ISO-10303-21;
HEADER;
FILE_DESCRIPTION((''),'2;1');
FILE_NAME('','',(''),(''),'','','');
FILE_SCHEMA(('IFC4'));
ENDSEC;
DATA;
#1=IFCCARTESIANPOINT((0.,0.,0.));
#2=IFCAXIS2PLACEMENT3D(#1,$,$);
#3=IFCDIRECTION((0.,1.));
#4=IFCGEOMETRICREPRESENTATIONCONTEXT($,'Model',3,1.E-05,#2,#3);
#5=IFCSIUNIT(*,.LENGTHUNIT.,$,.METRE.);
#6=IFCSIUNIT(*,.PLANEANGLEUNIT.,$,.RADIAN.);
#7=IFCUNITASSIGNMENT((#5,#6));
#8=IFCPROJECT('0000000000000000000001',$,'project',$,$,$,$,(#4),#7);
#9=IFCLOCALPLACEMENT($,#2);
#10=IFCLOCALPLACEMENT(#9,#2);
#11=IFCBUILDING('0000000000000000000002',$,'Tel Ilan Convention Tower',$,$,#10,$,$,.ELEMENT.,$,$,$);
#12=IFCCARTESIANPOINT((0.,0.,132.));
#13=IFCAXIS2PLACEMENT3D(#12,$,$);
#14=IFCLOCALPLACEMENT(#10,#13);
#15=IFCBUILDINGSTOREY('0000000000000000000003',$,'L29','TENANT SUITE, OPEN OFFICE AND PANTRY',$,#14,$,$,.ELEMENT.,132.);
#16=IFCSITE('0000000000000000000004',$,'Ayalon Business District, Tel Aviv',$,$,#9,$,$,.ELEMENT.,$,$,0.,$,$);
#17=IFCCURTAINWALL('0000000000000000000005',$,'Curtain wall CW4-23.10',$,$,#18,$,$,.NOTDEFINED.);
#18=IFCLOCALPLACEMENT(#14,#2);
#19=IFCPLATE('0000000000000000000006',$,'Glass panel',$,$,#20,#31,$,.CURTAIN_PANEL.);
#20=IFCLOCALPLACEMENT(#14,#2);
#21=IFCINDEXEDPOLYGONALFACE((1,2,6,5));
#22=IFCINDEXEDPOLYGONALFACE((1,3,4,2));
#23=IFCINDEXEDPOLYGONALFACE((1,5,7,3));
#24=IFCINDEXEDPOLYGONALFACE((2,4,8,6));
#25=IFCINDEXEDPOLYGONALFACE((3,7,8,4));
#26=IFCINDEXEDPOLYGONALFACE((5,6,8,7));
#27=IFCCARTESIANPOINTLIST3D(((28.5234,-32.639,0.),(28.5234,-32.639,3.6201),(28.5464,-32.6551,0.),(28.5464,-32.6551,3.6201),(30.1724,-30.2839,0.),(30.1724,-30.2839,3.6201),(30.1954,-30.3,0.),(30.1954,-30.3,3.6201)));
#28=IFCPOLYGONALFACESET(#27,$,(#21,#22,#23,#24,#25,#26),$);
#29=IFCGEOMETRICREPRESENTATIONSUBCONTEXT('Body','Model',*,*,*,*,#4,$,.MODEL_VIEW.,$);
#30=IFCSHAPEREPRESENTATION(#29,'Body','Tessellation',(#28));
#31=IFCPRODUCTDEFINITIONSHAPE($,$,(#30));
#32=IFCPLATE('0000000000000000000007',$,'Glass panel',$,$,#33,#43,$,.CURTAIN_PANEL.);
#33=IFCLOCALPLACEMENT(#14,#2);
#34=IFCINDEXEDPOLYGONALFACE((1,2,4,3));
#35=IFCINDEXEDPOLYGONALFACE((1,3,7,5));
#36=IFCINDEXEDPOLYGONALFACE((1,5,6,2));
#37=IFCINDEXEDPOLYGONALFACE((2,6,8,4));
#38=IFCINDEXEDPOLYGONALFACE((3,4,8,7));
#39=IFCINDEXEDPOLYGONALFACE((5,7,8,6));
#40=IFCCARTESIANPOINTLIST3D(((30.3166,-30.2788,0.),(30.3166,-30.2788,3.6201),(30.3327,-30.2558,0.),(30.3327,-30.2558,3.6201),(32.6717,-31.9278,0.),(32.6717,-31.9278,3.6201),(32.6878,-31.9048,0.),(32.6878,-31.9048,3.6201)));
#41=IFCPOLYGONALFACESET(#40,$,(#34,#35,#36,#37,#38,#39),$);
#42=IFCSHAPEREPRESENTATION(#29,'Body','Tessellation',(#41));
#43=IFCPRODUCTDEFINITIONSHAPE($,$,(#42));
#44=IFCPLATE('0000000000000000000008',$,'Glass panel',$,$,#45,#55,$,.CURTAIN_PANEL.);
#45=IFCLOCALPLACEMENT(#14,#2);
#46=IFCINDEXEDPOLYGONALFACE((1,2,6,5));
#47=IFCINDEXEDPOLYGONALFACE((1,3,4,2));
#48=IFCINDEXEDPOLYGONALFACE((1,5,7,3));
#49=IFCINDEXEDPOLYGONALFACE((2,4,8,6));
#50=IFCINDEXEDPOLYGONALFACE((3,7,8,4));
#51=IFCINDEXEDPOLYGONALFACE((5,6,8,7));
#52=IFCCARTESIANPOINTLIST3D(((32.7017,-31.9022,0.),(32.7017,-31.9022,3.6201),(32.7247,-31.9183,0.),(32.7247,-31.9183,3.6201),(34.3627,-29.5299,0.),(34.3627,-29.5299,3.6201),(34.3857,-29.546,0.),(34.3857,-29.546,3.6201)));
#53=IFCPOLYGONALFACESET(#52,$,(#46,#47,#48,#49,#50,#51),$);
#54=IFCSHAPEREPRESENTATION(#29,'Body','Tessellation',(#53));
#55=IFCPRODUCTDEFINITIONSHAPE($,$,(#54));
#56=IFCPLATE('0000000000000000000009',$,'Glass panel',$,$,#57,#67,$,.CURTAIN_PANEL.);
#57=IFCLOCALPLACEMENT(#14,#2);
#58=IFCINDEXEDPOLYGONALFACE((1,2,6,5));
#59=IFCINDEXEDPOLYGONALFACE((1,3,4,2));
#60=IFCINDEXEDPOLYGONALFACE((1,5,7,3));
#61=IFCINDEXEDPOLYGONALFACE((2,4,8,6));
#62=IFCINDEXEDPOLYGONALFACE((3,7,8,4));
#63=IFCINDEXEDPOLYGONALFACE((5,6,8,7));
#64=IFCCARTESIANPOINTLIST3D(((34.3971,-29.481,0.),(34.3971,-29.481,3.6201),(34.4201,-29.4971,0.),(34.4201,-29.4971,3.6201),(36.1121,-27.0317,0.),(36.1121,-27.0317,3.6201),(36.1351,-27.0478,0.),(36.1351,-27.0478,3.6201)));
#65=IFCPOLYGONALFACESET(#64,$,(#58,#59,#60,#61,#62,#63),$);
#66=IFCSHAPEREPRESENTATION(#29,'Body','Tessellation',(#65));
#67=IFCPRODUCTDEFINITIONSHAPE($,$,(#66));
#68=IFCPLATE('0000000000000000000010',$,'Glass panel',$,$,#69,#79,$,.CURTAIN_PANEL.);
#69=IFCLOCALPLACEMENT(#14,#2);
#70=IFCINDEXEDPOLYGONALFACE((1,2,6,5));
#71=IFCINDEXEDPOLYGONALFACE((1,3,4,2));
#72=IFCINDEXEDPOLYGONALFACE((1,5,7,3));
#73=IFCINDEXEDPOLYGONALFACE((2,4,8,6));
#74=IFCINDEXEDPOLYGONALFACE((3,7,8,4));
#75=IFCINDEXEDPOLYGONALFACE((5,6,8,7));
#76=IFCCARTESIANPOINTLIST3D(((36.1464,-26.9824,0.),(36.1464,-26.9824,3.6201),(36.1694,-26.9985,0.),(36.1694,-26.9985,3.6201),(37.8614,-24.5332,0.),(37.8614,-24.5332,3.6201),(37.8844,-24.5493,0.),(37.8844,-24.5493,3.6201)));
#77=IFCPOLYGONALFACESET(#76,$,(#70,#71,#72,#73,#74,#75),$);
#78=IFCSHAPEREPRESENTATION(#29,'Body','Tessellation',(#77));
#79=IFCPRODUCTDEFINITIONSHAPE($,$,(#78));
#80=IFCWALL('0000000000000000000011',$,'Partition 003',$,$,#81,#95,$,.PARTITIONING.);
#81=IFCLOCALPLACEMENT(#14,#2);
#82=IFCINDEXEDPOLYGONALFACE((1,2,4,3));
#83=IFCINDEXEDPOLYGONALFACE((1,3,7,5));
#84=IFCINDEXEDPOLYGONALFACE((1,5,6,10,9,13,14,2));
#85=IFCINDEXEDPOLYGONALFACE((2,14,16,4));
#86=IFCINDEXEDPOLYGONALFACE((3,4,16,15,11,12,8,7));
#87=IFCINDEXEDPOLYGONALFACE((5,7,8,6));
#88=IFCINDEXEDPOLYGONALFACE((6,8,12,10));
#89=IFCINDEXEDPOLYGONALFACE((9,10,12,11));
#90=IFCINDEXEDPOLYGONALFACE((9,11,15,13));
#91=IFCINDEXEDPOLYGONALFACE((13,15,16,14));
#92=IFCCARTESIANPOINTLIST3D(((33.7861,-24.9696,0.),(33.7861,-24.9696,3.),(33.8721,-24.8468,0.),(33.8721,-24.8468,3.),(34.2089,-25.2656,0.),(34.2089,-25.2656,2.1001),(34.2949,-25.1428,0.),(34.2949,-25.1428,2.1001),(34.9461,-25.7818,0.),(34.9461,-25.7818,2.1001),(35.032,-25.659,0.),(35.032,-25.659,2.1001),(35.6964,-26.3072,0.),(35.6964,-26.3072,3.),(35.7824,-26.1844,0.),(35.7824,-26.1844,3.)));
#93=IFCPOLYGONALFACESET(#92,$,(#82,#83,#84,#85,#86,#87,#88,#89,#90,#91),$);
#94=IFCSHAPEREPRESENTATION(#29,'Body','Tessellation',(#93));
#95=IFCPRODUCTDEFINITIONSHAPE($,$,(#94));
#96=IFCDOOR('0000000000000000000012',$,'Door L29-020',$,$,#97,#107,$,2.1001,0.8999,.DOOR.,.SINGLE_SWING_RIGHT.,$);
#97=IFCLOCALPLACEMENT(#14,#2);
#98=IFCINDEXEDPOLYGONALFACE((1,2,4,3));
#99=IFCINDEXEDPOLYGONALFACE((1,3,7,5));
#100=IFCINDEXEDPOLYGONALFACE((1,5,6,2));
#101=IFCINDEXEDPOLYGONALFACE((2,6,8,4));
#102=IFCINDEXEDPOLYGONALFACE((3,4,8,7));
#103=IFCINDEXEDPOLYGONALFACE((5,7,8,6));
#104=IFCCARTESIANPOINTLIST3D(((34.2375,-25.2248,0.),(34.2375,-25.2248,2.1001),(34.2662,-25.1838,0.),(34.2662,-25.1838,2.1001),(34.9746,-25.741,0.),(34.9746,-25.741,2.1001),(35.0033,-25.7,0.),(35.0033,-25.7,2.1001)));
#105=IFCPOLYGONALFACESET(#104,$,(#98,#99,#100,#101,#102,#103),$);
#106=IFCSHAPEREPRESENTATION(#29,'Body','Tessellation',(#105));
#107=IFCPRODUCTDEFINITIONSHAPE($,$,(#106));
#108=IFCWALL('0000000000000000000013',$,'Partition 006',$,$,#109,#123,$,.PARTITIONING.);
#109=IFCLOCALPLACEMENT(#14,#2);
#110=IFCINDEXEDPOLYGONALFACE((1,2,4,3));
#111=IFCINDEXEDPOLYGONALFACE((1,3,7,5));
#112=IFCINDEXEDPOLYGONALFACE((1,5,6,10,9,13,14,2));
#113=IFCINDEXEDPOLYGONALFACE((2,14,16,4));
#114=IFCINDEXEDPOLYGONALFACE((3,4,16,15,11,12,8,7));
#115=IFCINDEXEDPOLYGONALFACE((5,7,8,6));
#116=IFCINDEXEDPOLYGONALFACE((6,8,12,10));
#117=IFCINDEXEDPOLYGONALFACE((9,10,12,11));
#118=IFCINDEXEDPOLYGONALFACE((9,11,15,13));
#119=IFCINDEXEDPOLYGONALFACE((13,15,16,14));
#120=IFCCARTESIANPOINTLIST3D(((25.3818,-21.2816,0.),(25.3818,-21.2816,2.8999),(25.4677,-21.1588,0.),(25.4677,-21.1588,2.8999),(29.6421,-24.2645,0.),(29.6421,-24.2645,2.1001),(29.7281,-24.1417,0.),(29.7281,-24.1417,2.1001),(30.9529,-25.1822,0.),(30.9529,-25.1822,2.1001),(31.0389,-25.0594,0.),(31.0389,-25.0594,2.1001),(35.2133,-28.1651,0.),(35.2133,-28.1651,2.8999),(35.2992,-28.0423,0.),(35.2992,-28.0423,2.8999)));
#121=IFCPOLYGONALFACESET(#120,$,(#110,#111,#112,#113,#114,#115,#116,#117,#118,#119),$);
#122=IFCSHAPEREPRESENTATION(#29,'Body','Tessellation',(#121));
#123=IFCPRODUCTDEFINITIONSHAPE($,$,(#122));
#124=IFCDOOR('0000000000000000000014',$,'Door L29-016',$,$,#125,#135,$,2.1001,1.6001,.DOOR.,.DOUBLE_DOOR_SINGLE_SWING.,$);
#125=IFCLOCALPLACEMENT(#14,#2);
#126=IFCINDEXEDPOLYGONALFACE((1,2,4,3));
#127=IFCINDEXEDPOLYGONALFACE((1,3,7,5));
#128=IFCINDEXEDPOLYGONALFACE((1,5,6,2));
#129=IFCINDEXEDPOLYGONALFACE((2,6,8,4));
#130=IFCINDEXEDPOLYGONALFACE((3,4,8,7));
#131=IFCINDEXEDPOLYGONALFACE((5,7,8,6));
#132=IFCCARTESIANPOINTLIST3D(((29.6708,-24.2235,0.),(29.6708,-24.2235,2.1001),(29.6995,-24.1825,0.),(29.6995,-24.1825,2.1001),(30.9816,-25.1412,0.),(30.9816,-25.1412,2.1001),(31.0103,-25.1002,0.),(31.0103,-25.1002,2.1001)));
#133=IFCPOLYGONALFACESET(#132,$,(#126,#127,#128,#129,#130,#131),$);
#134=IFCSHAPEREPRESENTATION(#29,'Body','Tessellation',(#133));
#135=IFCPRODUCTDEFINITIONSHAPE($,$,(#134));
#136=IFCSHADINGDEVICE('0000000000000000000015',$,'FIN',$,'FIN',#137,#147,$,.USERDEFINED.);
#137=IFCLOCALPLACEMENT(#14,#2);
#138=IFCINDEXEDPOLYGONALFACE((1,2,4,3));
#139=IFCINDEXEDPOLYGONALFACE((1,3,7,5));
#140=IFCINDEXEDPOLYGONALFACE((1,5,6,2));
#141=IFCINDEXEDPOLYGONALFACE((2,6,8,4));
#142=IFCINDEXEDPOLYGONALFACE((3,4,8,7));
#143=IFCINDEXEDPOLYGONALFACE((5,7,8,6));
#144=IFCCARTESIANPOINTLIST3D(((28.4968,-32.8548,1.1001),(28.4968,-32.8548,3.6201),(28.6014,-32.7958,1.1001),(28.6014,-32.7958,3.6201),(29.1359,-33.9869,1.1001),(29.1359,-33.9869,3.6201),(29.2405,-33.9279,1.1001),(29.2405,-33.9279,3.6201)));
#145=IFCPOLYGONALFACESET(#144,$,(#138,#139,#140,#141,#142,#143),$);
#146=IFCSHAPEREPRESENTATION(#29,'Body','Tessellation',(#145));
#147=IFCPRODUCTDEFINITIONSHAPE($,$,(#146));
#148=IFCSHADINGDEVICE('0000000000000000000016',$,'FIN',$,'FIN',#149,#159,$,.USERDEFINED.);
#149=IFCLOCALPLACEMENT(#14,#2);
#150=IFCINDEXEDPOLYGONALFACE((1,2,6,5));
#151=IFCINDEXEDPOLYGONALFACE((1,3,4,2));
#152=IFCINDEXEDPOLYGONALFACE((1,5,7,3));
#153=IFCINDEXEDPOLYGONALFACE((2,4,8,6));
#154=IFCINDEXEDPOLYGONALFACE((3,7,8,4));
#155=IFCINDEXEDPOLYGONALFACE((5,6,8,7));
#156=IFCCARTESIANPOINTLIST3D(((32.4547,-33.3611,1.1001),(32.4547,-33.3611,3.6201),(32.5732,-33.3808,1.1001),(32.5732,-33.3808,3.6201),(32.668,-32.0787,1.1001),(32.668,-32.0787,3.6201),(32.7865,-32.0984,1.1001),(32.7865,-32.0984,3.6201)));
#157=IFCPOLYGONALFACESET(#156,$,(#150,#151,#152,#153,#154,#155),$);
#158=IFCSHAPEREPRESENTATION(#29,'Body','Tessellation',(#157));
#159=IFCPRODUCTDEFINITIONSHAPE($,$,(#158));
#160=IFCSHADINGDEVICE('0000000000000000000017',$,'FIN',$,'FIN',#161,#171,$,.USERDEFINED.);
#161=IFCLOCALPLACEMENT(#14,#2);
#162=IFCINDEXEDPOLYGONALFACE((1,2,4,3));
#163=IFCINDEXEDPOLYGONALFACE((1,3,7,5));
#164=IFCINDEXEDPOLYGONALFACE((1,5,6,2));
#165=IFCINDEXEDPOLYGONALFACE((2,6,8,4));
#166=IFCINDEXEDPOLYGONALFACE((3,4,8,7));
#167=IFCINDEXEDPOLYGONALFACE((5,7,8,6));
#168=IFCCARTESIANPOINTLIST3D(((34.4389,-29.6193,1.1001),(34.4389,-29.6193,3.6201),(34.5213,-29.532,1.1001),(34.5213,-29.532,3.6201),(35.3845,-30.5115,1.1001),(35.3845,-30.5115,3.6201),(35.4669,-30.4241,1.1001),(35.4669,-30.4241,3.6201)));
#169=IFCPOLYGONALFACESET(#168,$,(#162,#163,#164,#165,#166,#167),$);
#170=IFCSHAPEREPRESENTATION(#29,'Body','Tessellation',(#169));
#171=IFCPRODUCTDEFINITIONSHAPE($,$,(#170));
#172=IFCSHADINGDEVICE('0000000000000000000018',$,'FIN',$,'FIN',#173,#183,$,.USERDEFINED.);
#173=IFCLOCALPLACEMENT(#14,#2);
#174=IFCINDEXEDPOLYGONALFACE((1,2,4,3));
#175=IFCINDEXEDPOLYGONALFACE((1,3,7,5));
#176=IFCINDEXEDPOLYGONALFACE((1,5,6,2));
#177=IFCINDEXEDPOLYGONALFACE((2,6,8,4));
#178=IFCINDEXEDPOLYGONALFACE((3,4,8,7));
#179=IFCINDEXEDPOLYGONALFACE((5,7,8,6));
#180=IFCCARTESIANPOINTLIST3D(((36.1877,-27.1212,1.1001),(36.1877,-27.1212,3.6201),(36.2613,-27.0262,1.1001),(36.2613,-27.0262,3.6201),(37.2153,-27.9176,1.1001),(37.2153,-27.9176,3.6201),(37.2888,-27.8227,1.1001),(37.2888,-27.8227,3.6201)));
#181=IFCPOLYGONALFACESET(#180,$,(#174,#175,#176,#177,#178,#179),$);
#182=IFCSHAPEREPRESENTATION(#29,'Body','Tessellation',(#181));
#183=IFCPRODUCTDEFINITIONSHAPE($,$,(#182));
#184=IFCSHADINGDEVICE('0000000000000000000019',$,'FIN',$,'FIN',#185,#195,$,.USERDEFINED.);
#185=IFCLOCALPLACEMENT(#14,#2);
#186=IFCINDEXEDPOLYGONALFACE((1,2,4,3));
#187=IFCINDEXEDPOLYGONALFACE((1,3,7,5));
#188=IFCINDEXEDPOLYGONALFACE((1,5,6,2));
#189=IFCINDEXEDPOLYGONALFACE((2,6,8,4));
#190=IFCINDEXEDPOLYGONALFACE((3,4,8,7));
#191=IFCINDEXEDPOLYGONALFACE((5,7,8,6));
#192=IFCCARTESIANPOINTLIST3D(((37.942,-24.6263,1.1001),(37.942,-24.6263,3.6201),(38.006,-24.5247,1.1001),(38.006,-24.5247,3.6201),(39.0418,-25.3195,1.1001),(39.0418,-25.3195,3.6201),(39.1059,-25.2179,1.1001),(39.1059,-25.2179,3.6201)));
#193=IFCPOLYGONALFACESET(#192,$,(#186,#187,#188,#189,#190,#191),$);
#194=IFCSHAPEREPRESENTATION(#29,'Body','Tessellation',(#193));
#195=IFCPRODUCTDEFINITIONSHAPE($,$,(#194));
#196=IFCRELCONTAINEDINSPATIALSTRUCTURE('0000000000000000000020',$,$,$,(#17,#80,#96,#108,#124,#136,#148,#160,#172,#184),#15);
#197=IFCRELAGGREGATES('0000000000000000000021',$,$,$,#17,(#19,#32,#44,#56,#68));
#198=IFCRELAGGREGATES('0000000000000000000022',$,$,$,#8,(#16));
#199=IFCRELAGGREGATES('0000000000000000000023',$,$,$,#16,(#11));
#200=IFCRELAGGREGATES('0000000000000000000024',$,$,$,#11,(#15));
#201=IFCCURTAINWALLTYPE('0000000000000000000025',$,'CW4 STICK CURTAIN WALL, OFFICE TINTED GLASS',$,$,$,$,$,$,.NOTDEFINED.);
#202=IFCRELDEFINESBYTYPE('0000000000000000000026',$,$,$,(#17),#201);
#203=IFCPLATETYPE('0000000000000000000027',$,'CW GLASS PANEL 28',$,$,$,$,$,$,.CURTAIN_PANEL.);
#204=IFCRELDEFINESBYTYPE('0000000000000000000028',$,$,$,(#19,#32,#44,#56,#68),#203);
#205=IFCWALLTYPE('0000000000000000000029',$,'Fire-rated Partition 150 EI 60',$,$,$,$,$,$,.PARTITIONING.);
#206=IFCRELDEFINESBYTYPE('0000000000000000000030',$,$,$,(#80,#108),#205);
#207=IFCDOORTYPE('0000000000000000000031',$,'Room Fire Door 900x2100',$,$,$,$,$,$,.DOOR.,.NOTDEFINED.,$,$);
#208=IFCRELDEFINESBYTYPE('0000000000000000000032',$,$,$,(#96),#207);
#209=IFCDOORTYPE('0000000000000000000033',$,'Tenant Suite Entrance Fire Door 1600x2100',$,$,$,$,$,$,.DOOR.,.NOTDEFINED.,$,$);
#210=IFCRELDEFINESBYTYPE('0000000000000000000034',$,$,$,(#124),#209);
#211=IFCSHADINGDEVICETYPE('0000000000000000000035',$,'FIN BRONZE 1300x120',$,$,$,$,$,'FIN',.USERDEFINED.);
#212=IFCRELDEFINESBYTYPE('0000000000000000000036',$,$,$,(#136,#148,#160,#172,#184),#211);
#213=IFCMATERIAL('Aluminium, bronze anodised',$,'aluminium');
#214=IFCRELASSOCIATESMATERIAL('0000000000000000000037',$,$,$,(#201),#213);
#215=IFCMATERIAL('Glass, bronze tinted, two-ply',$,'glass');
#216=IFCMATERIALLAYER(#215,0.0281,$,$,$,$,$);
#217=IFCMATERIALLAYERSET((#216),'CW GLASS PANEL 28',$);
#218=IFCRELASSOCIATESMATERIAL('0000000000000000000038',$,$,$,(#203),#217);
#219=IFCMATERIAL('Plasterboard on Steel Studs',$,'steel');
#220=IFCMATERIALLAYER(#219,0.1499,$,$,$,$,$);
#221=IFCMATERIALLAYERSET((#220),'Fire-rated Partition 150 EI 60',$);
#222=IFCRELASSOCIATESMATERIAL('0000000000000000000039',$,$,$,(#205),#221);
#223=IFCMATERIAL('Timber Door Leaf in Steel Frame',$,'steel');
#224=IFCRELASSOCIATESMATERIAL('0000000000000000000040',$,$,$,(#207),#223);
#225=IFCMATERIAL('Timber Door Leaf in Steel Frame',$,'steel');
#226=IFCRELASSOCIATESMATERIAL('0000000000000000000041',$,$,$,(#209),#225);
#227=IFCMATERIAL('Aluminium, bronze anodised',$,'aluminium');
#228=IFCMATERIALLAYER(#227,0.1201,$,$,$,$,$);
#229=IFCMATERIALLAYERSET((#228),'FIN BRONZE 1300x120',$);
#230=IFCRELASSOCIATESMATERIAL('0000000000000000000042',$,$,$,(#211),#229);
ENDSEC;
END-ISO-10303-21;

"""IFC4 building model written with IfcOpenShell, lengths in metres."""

from ifc_helpers import new_model, si_unit, direction, frame, frame_2d, origin, origin_2d, place, context, subcontext, project, spatial, rectangle, extrude, material, layer, layer_set, type_object, element, fill, aggregate, save


model = new_model("IFC4")

# Units and contexts
model_context = context("Model", 3, precision=1e-05, world=origin(), true_north=direction((0.0, 1.0)))
body_context = subcontext(model_context, "Body", "Model", "MODEL_VIEW")
ifc_project = project(units=[si_unit("LENGTHUNIT", "METRE"), si_unit("PLANEANGLEUNIT", "RADIAN")], contexts=[model_context])

# Site, building, storey
site_placement = place(None, origin())
site = spatial("IfcSite", under=ifc_project, at=site_placement, Name="Ayalon Business District, Tel Aviv", CompositionType="ELEMENT", RefElevation=0.0)
building_placement = place(site_placement, origin())
building = spatial("IfcBuilding", under=site, at=building_placement, Name="Tel Ilan Convention Tower", CompositionType="ELEMENT")
storey_placement = place(building_placement, frame((0.0, 0.0, 132.0)))
storey = spatial("IfcBuildingStorey", under=building, at=storey_placement, Name="L29", Description="TENANT SUITE, OPEN OFFICE AND PANTRY", CompositionType="ELEMENT", Elevation=132.0)

# Curtain wall, plates
ifc_material_1 = material(Name="Aluminium, bronze anodised", Category="aluminium")
curtain_wall_type = type_object("IfcCurtainWallType", Name="CW4 STICK CURTAIN WALL, OFFICE TINTED GLASS", PredefinedType="NOTDEFINED", material=ifc_material_1)
curtain_wall_placement = place(storey_placement, origin())
curtain_wall = element("IfcCurtainWall", 1, at=curtain_wall_placement, inside=storey, type_object=curtain_wall_type, Name="Curtain wall CW4-23.10", PredefinedType="NOTDEFINED")
ifc_material_2 = material(Name="Glass, bronze tinted, two-ply", Category="glass")
ifc_layer_1 = layer(ifc_material_2, 0.0281)
ifc_layer_set_1 = layer_set([ifc_layer_1], Name="CW GLASS PANEL 28")
plate_type = type_object("IfcPlateType", Name="CW GLASS PANEL 28", PredefinedType="CURTAIN_PANEL", material=ifc_layer_set_1)
plate_1_placement = place(storey_placement, frame((29.3594, -31.4695, 0.0), z_axis=(0.0, 0.0, 1.0), x_axis=(0.573576, 0.819152, 0.0)))
plate_1 = element("IfcPlate", 2, at=plate_1_placement, type_object=plate_type, Name="Glass panel", PredefinedType="CURTAIN_PANEL", context=body_context, shape_type="SweptSolid", body=[
    extrude(rectangle(XDim=2.875, YDim=0.0281, at=origin_2d()), origin(), (0.0, 0.0, 1.0), 3.6201),
])
plate_2_placement = place(storey_placement, frame((31.5022, -31.0918, 0.0), z_axis=(0.0, 0.0, 1.0), x_axis=(0.819152, -0.573576, 0.0)))
plate_2 = element("IfcPlate", 3, at=plate_2_placement, type_object=plate_type, Name="Glass panel", PredefinedType="CURTAIN_PANEL", context=body_context, shape_type="SweptSolid", body=[
    extrude(rectangle(XDim=2.875, YDim=0.0281, at=origin_2d()), origin(), (0.0, 0.0, 1.0), 3.6201),
])
plate_3_placement = place(storey_placement, frame((33.5437, -30.7241, 0.0), z_axis=(0.0, 0.0, 1.0), x_axis=(0.573576, 0.819152, 0.0)))
plate_3 = element("IfcPlate", 4, at=plate_3_placement, type_object=plate_type, Name="Glass panel", PredefinedType="CURTAIN_PANEL", context=body_context, shape_type="SweptSolid", body=[
    extrude(rectangle(XDim=2.896, YDim=0.0281, at=origin_2d()), origin(), (0.0, 0.0, 1.0), 3.6201),
])
plate_4_placement = place(storey_placement, frame((35.2661, -28.2644, 0.0), z_axis=(0.0, 0.0, 1.0), x_axis=(0.573576, 0.819152, 0.0)))
plate_4 = element("IfcPlate", 5, at=plate_4_placement, type_object=plate_type, Name="Glass panel", PredefinedType="CURTAIN_PANEL", context=body_context, shape_type="SweptSolid", body=[
    extrude(rectangle(XDim=2.99, YDim=0.0281, at=origin_2d()), origin(), (0.0, 0.0, 1.0), 3.6201),
])
plate_5_placement = place(storey_placement, frame((37.0154, -25.7659, 0.0), z_axis=(0.0, 0.0, 1.0), x_axis=(0.573576, 0.819152, 0.0)))
plate_5 = element("IfcPlate", 6, at=plate_5_placement, type_object=plate_type, Name="Glass panel", PredefinedType="CURTAIN_PANEL", context=body_context, shape_type="SweptSolid", body=[
    extrude(rectangle(XDim=2.99, YDim=0.0281, at=origin_2d()), origin(), (0.0, 0.0, 1.0), 3.6201),
])
aggregate(curtain_wall, [plate_1, plate_2, plate_3, plate_4, plate_5])

# Walls, openings, doors
ifc_material_3 = material(Name="Plasterboard on Steel Studs", Category="steel")
ifc_layer_2 = layer(ifc_material_3, 0.1499)
ifc_layer_set_2 = layer_set([ifc_layer_2], Name="Fire-rated Partition 150 EI 60")
wall_type = type_object("IfcWallType", Name="Fire-rated Partition 150 EI 60", PredefinedType="PARTITIONING", material=ifc_layer_set_2)
wall_1_placement = place(storey_placement, frame((33.8291, -24.9082, 0.0), z_axis=(0.0, 0.0, 1.0), x_axis=(0.819158, -0.573568, 0.0)))
wall_1 = element("IfcWall", 7, at=wall_1_placement, inside=storey, type_object=wall_type, Name="Partition 003", PredefinedType="PARTITIONING", context=body_context, shape_type="SweptSolid", body=[
    extrude(rectangle(XDim=2.332, YDim=0.1499, at=frame_2d((1.166, 0.0))), origin(), (0.0, 0.0, 1.0), 3.0),
])
opening_1_placement = place(wall_1_placement, frame((0.5161, 0.0, 0.0)))
opening_1 = element("IfcOpeningElement", 8, at=opening_1_placement, cuts=wall_1, PredefinedType="OPENING", context=body_context, shape_type="SweptSolid", body=[
    extrude(rectangle(XDim=0.8999, YDim=2.1001, at=frame_2d((0.45, 1.05))), frame((0.0, 0.085, 0.0), z_axis=(0.0, -1.0, 0.0), x_axis=(1.0, 0.0, 0.0)), (0.0, 0.0, 1.0), 0.1699),
])
ifc_material_4 = material(Name="Timber Door Leaf in Steel Frame", Category="steel")
door_type_1 = type_object("IfcDoorType", Name="Room Fire Door 900x2100", OperationType="NOTDEFINED", PredefinedType="DOOR", material=ifc_material_4)
door_1_placement = place(opening_1_placement, origin())
door_1 = element("IfcDoor", 9, at=door_1_placement, inside=storey, type_object=door_type_1, Name="Door L29-020", OperationType="SINGLE_SWING_RIGHT", OverallHeight=2.1001, OverallWidth=0.8999, PredefinedType="DOOR", context=body_context, shape_type="SweptSolid", body=[
    extrude(rectangle(XDim=0.8999, YDim=2.1001, at=frame_2d((0.45, 1.05))), frame((0.0, 0.0249, 0.0), z_axis=(0.0, -1.0, 0.0), x_axis=(1.0, 0.0, 0.0)), (0.0, 0.0, 1.0), 0.05),
])
fill(opening_1, door_1)
wall_2_placement = place(storey_placement, frame((35.2563, -28.1038, 0.0), z_axis=(0.0, 0.0, 1.0), x_axis=(-0.819175, 0.573544, 0.0)))
wall_2 = element("IfcWall", 10, at=wall_2_placement, inside=storey, type_object=wall_type, Name="Partition 006", PredefinedType="PARTITIONING", context=body_context, shape_type="SweptSolid", body=[
    extrude(rectangle(XDim=12.0017, YDim=0.1499, at=frame_2d((6.001, 0.0))), origin(), (0.0, 0.0, 1.0), 2.8999),
])
opening_2_placement = place(wall_2_placement, frame((5.2009, 0.0, 0.0)))
opening_2 = element("IfcOpeningElement", 11, at=opening_2_placement, cuts=wall_2, PredefinedType="OPENING", context=body_context, shape_type="SweptSolid", body=[
    extrude(rectangle(XDim=1.6001, YDim=2.1001, at=frame_2d((0.8, 1.05))), frame((0.0, 0.085, 0.0), z_axis=(0.0, -1.0, 0.0), x_axis=(1.0, 0.0, 0.0)), (0.0, 0.0, 1.0), 0.1699),
])
ifc_material_5 = material(Name="Timber Door Leaf in Steel Frame", Category="steel")
door_type_2 = type_object("IfcDoorType", Name="Tenant Suite Entrance Fire Door 1600x2100", OperationType="NOTDEFINED", PredefinedType="DOOR", material=ifc_material_5)
door_2_placement = place(opening_2_placement, origin())
door_2 = element("IfcDoor", 12, at=door_2_placement, inside=storey, type_object=door_type_2, Name="Door L29-016", OperationType="DOUBLE_DOOR_SINGLE_SWING", OverallHeight=2.1001, OverallWidth=1.6001, PredefinedType="DOOR", context=body_context, shape_type="SweptSolid", body=[
    extrude(rectangle(XDim=1.6001, YDim=2.1001, at=frame_2d((0.8, 1.05))), frame((0.0, 0.0249, 0.0), z_axis=(0.0, -1.0, 0.0), x_axis=(1.0, 0.0, 0.0)), (0.0, 0.0, 1.0), 0.05),
])
fill(opening_2, door_2)

# Shading devices
ifc_material_6 = material(Name="Aluminium, bronze anodised", Category="aluminium")
ifc_layer_3 = layer(ifc_material_6, 0.1201)
ifc_layer_set_3 = layer_set([ifc_layer_3], Name="FIN BRONZE 1300x120")
shading_device_type = type_object("IfcShadingDeviceType", Name="FIN BRONZE 1300x120", ElementType="FIN", PredefinedType="USERDEFINED", material=ifc_layer_set_3)
for number, where, z_axis, x_axis, name in (
    (13, (28.8687, -33.3914, 1.1001), (0.0, 0.0, 1.0), (0.491579, -0.870833, 0.0), "FIN"),
    (14, (32.6206, -32.7297, 1.1001), (0.0, 0.0, 1.0), (-0.164091, -0.986445, 0.0), "FIN"),
    (15, (34.9529, -30.0217, 1.1001), (0.0, 0.0, 1.0), (0.727374, -0.686242, 0.0), "FIN"),
    (16, (36.7383, -27.4719, 1.1001), (0.0, 0.0, 1.0), (0.790393, -0.612601, 0.0), "FIN"),
    (17, (38.5239, -24.9221, 1.1001), (0.0, 0.0, 1.0), (0.845986, -0.533204, 0.0), "FIN"),
):
    element("IfcShadingDevice", number, at=place(storey_placement, frame(where, z_axis=z_axis, x_axis=x_axis)), inside=storey, type_object=shading_device_type, Name=name, ObjectType="FIN", PredefinedType="USERDEFINED", context=body_context, shape_type="SweptSolid", body=[
        extrude(rectangle(XDim=1.3, YDim=0.1201, at=origin_2d()), origin(), (0.0, 0.0, 1.0), 2.52),
    ])

save(model, "model.ifc")
